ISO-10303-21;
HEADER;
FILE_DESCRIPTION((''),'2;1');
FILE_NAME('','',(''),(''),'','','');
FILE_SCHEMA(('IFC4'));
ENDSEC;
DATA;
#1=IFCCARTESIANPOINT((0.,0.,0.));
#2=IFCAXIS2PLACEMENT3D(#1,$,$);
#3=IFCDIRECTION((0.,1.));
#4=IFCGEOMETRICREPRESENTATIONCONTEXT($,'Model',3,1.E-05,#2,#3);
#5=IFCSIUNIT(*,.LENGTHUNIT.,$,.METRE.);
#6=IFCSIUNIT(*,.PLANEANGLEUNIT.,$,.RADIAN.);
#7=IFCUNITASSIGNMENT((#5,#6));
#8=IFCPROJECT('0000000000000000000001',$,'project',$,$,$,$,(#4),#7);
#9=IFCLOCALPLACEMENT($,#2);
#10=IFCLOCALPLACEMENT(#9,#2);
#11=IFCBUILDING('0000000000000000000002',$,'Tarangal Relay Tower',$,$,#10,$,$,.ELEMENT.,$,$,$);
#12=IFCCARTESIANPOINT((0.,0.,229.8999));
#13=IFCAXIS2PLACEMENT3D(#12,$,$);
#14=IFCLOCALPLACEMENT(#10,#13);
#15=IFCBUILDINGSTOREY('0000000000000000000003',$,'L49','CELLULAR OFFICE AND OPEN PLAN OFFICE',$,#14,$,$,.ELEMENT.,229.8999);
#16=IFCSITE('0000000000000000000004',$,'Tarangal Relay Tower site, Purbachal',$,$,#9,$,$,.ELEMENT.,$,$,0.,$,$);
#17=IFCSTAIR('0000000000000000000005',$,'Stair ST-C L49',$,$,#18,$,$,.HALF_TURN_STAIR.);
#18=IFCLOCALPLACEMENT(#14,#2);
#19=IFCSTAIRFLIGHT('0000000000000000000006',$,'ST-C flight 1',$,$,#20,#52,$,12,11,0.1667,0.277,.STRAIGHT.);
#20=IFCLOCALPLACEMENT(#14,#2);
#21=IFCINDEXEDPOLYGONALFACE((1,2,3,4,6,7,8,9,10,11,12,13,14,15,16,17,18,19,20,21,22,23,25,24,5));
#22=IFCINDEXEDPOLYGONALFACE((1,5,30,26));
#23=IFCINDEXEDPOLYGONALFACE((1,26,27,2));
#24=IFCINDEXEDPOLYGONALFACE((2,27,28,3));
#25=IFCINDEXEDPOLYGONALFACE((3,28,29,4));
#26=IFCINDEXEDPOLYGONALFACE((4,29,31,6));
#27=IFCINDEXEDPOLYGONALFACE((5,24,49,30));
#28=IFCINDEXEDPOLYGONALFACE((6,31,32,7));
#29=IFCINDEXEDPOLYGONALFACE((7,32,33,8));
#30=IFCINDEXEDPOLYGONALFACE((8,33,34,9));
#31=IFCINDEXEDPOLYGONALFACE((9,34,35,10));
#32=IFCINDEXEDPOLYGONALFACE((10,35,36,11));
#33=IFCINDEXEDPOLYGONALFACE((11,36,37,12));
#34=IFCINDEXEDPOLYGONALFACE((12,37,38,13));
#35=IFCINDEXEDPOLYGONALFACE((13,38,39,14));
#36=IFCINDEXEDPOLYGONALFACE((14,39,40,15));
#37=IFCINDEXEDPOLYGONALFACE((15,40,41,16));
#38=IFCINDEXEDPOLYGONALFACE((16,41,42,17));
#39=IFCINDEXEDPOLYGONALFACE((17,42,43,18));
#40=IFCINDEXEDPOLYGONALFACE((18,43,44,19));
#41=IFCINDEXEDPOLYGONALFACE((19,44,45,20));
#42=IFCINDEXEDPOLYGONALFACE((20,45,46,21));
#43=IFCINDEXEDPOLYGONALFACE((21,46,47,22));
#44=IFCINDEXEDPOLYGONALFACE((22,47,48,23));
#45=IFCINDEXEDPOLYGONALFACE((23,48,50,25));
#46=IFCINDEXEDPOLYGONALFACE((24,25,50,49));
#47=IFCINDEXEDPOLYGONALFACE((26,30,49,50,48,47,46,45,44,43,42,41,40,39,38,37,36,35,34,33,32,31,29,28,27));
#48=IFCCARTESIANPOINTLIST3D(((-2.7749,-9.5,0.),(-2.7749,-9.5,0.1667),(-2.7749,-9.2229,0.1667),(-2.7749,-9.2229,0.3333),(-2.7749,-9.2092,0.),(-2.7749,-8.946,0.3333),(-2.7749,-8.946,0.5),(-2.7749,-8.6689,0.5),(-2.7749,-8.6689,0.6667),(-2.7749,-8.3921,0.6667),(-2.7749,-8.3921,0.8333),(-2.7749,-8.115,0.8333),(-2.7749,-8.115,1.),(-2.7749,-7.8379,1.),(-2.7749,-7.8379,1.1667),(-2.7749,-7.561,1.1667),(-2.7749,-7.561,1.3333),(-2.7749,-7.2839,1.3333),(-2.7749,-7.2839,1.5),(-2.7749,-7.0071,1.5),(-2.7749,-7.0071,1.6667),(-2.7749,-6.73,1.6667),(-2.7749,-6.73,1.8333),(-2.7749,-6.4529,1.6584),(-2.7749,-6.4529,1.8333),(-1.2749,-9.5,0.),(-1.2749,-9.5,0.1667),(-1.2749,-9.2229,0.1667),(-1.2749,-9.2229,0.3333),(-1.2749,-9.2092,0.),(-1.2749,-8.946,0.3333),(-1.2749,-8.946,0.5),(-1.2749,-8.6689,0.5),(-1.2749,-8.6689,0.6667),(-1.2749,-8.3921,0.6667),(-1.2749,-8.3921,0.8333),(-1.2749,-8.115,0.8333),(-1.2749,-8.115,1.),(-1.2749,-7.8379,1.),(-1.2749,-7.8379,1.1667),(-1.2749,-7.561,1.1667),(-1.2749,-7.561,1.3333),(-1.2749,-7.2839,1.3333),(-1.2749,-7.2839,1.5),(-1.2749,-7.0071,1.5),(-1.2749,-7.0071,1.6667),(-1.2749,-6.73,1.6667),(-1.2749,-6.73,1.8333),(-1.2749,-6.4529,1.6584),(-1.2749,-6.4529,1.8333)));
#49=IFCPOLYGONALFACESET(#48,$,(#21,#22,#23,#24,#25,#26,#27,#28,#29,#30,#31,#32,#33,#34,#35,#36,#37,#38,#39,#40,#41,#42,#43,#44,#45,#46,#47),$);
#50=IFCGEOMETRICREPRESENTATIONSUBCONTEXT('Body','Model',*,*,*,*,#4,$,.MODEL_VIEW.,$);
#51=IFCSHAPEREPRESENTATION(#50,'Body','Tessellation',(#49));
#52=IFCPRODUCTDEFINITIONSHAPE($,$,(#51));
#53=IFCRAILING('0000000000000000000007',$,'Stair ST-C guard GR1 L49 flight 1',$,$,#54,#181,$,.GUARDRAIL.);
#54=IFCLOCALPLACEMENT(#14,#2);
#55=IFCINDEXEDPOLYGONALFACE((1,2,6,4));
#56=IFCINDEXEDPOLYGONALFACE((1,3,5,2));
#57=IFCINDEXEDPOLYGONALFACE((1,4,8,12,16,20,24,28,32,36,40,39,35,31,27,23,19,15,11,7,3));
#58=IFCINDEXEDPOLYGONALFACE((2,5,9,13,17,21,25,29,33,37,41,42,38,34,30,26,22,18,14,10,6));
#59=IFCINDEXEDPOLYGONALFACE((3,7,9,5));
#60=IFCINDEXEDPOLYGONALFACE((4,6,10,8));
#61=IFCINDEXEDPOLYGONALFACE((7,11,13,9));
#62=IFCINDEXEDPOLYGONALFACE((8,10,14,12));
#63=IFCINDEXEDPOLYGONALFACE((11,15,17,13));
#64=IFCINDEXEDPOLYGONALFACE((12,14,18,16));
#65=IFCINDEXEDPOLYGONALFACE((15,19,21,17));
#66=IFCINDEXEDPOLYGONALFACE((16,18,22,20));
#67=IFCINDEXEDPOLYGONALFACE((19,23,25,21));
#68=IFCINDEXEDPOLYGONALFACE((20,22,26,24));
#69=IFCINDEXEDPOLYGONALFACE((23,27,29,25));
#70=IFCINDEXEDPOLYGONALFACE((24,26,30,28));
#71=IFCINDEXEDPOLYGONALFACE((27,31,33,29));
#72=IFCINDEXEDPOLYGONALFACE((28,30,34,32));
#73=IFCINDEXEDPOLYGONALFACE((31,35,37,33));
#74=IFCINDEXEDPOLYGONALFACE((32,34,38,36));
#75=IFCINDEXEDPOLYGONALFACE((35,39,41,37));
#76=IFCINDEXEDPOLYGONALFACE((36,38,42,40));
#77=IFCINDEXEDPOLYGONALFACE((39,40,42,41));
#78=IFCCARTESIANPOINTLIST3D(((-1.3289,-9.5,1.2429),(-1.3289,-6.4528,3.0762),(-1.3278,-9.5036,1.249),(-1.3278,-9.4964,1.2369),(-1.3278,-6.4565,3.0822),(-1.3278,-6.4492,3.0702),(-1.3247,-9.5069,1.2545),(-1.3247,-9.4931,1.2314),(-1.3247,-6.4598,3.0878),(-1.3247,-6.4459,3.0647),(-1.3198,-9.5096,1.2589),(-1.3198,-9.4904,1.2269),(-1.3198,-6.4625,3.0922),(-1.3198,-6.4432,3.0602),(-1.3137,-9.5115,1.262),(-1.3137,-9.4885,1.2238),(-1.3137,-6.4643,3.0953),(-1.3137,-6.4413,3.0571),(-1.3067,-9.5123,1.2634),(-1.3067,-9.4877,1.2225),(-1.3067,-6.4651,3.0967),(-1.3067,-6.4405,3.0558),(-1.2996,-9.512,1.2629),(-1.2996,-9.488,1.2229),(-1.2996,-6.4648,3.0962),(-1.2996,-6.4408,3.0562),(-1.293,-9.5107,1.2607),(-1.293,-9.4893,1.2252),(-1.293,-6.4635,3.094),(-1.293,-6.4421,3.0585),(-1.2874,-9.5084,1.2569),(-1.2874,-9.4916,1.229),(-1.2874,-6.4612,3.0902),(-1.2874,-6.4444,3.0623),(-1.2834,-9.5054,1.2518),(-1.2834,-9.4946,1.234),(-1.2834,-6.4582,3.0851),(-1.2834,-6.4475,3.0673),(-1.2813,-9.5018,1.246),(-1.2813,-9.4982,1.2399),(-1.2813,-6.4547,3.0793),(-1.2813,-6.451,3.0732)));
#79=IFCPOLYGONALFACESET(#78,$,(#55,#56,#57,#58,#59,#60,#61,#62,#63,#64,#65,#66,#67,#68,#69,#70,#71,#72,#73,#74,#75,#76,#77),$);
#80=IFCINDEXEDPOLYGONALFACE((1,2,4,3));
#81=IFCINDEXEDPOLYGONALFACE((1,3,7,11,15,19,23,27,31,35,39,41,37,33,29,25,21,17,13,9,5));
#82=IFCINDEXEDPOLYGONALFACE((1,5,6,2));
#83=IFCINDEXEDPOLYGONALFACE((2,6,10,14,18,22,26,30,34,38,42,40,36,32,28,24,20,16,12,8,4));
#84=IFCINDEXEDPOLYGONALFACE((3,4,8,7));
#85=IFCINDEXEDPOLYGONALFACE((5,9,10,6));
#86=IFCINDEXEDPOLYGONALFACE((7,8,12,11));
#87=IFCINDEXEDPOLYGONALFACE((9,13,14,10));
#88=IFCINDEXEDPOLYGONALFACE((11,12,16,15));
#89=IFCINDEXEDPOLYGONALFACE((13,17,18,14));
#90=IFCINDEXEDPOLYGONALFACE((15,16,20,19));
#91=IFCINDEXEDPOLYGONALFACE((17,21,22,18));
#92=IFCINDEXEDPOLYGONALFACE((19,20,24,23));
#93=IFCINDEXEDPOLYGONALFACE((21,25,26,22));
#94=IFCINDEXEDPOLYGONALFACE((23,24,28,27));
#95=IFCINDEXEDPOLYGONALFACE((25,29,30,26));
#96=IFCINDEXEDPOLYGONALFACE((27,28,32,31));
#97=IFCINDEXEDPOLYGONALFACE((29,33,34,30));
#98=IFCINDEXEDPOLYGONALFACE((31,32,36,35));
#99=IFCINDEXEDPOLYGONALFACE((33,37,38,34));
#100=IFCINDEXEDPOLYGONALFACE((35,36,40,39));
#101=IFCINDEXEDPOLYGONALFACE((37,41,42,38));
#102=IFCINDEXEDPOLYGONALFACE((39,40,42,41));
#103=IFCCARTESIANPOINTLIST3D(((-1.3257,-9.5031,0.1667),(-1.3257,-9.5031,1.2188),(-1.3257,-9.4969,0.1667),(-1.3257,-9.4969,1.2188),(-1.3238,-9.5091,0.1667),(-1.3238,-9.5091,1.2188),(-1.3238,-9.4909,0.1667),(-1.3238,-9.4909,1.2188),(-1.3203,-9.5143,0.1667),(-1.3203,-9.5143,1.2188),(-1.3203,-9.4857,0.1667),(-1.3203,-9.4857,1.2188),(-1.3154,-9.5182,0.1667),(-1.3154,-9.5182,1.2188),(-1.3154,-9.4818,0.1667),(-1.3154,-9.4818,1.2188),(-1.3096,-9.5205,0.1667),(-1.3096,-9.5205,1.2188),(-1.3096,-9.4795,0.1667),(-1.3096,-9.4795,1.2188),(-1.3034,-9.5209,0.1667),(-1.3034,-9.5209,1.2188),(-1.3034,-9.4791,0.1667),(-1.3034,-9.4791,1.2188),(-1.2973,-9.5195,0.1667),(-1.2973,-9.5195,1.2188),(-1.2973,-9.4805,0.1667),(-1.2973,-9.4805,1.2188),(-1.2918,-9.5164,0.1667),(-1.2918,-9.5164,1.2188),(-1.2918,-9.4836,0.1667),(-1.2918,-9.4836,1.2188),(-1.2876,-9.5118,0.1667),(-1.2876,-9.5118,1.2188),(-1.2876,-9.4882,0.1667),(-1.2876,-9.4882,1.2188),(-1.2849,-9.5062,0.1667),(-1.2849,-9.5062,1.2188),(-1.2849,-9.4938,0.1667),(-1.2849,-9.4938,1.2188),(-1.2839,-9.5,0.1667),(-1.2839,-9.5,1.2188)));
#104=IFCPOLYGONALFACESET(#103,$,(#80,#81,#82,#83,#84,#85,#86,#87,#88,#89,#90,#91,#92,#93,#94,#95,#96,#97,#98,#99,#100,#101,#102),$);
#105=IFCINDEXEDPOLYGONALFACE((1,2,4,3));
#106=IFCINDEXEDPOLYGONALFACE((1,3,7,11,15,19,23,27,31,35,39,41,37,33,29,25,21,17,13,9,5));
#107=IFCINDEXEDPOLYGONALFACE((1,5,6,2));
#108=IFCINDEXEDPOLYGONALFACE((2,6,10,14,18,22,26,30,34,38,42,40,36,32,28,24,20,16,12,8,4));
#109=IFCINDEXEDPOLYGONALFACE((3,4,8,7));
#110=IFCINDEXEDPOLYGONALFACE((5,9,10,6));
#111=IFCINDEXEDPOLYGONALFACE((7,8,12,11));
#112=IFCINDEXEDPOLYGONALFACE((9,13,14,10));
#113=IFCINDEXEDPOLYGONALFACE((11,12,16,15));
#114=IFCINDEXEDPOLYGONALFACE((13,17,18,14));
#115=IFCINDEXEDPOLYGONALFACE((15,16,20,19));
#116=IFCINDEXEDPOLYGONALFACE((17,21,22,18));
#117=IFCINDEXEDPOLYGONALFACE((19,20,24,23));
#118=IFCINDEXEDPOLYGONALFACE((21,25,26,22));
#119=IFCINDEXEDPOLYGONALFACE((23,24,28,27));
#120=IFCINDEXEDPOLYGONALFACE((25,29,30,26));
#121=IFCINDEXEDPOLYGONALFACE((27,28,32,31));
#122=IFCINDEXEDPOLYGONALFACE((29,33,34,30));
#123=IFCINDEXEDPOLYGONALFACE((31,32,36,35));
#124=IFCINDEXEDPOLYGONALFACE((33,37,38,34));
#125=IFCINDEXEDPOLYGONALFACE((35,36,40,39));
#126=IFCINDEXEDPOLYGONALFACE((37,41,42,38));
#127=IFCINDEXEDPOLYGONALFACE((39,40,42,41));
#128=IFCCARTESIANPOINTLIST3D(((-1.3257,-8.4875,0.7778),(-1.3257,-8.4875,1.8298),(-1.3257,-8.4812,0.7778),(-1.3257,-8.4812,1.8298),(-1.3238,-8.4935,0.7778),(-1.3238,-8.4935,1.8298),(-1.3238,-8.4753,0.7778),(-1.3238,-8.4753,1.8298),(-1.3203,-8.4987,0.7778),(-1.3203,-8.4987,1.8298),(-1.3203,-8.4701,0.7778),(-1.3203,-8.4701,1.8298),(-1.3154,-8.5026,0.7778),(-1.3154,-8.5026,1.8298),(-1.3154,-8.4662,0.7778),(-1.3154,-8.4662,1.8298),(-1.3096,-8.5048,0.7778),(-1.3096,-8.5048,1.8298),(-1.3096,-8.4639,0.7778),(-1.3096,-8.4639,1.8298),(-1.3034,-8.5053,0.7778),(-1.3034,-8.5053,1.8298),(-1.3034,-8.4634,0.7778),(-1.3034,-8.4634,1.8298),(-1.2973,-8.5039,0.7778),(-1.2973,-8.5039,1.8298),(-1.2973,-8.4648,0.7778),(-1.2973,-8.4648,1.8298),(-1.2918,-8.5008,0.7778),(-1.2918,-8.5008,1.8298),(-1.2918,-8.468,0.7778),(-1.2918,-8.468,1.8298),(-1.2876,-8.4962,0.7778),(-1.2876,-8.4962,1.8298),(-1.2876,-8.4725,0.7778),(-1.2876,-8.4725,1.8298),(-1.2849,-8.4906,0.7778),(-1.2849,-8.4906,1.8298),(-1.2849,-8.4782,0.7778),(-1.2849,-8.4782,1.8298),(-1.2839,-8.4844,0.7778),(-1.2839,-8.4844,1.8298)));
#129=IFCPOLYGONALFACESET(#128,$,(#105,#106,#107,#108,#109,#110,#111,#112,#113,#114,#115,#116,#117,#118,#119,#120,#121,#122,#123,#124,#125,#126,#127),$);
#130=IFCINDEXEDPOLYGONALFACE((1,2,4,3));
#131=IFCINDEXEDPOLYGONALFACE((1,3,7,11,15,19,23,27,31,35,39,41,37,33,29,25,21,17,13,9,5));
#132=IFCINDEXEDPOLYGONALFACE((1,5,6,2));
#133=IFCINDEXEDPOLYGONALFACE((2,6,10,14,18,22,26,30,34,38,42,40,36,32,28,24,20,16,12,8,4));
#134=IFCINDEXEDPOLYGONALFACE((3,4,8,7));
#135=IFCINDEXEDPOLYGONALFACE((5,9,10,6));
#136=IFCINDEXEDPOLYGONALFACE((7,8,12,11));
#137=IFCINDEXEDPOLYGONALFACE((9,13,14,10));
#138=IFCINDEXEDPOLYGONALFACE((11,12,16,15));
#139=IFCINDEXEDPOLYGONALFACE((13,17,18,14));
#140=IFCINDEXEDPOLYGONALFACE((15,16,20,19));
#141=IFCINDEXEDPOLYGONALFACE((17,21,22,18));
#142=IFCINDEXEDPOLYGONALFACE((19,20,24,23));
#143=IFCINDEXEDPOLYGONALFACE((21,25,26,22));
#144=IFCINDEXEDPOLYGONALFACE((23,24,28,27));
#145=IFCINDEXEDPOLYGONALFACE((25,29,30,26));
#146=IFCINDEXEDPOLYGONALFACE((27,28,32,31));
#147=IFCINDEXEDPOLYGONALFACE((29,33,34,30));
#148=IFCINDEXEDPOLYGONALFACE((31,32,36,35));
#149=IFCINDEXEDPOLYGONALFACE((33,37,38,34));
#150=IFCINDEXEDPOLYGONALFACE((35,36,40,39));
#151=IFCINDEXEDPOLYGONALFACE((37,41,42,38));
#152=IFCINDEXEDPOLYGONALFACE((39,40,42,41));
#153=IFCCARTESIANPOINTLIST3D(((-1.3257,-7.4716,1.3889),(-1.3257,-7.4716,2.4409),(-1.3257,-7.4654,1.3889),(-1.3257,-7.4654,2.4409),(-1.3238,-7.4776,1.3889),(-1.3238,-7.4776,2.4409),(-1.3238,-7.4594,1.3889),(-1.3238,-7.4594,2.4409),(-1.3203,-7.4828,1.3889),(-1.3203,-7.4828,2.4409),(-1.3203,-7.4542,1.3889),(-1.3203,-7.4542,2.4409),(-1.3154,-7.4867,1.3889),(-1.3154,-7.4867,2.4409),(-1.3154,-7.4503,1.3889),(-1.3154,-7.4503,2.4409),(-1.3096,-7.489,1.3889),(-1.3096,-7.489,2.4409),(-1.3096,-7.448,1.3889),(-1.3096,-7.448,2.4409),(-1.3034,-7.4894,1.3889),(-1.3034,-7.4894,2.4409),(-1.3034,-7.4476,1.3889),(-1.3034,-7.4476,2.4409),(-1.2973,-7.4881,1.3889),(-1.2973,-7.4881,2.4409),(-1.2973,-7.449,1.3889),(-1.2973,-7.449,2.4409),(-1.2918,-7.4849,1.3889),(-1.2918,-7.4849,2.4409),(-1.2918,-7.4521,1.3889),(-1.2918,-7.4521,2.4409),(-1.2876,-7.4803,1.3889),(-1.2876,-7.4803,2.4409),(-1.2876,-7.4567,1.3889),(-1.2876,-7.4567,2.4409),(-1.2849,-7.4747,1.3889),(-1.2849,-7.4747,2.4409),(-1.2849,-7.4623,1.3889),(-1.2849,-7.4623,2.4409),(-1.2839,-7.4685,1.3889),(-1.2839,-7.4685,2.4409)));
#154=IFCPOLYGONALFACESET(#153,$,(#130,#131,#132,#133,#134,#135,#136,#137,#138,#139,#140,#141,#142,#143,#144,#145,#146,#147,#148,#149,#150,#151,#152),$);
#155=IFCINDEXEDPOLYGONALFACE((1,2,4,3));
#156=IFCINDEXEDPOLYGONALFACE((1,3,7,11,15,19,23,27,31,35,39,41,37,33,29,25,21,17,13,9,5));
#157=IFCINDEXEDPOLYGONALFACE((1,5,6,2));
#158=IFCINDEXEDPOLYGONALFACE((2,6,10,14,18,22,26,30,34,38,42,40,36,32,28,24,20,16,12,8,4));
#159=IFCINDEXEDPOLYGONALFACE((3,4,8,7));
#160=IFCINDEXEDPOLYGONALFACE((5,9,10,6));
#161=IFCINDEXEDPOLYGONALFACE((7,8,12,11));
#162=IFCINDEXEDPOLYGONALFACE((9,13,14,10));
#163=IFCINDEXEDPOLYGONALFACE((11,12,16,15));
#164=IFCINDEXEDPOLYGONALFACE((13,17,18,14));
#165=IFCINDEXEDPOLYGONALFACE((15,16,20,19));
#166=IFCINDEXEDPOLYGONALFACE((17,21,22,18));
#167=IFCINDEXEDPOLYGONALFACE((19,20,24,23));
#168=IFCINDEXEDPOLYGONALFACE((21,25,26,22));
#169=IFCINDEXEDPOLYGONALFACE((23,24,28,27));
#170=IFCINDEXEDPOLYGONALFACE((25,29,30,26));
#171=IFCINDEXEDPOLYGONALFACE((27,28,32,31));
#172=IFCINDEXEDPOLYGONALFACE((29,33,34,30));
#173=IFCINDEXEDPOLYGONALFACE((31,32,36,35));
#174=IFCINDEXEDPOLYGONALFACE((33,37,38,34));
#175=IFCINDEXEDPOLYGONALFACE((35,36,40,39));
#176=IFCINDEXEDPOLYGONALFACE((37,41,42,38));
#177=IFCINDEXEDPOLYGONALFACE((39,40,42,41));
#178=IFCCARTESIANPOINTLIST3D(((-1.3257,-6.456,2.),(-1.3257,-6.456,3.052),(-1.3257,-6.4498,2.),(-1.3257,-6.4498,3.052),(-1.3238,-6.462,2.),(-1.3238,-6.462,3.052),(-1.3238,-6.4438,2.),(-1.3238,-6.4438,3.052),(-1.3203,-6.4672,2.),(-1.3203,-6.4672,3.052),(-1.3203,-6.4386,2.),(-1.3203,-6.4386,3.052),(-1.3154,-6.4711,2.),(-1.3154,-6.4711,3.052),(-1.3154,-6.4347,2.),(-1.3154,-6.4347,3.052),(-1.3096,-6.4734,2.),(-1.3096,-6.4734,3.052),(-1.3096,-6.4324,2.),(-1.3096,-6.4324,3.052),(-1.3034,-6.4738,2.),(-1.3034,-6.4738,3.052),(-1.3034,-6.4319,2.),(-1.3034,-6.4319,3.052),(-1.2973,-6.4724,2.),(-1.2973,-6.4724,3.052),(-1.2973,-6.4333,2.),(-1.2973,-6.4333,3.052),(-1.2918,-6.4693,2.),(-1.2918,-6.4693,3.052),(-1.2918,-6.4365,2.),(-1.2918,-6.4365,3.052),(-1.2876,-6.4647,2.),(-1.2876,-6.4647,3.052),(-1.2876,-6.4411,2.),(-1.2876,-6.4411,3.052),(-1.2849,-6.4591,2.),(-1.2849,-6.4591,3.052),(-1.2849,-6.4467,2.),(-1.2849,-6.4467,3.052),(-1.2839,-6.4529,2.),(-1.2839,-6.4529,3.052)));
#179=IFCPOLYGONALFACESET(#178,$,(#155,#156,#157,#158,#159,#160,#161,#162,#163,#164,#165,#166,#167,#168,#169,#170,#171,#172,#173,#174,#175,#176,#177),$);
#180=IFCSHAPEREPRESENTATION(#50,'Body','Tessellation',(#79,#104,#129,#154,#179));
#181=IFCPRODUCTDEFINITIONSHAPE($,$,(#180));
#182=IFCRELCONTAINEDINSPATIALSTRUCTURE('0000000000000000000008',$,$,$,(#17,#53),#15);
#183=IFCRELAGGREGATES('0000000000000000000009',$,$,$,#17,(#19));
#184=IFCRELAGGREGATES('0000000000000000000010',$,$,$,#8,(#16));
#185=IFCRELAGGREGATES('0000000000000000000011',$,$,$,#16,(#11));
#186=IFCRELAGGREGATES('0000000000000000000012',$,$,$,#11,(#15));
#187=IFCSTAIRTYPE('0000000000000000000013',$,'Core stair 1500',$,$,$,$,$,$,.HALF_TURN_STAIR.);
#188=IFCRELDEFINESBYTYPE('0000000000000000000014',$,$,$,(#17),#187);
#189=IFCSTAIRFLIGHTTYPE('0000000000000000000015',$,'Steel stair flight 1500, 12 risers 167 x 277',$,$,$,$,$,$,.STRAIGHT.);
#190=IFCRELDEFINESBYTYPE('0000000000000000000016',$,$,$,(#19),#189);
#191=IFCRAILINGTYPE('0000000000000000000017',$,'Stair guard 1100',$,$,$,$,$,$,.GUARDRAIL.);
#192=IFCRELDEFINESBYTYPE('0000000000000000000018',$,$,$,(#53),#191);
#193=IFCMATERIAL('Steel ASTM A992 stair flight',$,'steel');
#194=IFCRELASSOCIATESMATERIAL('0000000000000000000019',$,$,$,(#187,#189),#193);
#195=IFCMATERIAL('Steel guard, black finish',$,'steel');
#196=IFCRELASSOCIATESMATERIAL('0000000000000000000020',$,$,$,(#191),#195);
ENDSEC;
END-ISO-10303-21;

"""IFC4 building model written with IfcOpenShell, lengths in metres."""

from ifc_helpers import new_model, si_unit, direction, frame, origin, origin_2d, place, context, subcontext, project, spatial, polyline, circle, outline, extrude, material, type_object, element, aggregate, save


model = new_model("IFC4")

# Units and contexts
model_context = context("Model", 3, precision=1e-05, world=origin(), true_north=direction((0.0, 1.0)))
body_context = subcontext(model_context, "Body", "Model", "MODEL_VIEW")
ifc_project = project(units=[si_unit("LENGTHUNIT", "METRE"), si_unit("PLANEANGLEUNIT", "RADIAN")], contexts=[model_context])

# Site, building, storey
site_placement = place(None, origin())
site = spatial("IfcSite", under=ifc_project, at=site_placement, Name="Tarangal Relay Tower site, Purbachal", CompositionType="ELEMENT", RefElevation=0.0)
building_placement = place(site_placement, origin())
building = spatial("IfcBuilding", under=site, at=building_placement, Name="Tarangal Relay Tower", CompositionType="ELEMENT")
storey_placement = place(building_placement, frame((0.0, 0.0, 229.8999)))
storey = spatial("IfcBuildingStorey", under=building, at=storey_placement, Name="L49", Description="CELLULAR OFFICE AND OPEN PLAN OFFICE", CompositionType="ELEMENT", Elevation=229.8999)

# Stair, stair flight
ifc_material_1 = material(Name="Steel ASTM A992 stair flight", Category="steel")
stair_type = type_object("IfcStairType", Name="Core stair 1500", PredefinedType="HALF_TURN_STAIR", material=ifc_material_1)
stair_placement = place(storey_placement, origin())
stair = element("IfcStair", 1, at=stair_placement, inside=storey, type_object=stair_type, Name="Stair ST-C L49", PredefinedType="HALF_TURN_STAIR")
stair_flight_type = type_object("IfcStairFlightType", Name="Steel stair flight 1500, 12 risers 167 x 277", PredefinedType="STRAIGHT", material=ifc_material_1)
stair_flight_placement = place(storey_placement, frame((-2.0249, -9.5, 0.0), z_axis=(0.0, 0.0, 1.0), x_axis=(0.0, 1.0, 0.0)))
stair_flight = element("IfcStairFlight", 2, at=stair_flight_placement, type_object=stair_flight_type, Name="ST-C flight 1", NumberOfRisers=12, NumberOfTreads=11, PredefinedType="STRAIGHT", RiserHeight=0.1667, TreadLength=0.277, context=body_context, shape_type="SweptSolid", body=[
    extrude(outline(polyline([(0.0, 0.0), (0.0, 0.1667), (0.2771, 0.1667), (0.2771, 0.3333), (0.554, 0.3333), (0.554, 0.5), (0.8311, 0.5), (0.8311, 0.6667), (1.1079, 0.6667), (1.1079, 0.8333), (1.385, 0.8333), (1.385, 1.0), (1.6621, 1.0), (1.6621, 1.1667), (1.939, 1.1667), (1.939, 1.3333), (2.2161, 1.3333), (2.2161, 1.5), (2.4929, 1.5), (2.4929, 1.6667), (2.77, 1.6667), (2.77, 1.8333), (3.0471, 1.8333), (3.0471, 2.0), (3.0471, 1.6584), (0.2908, 0.0), (0.0, 0.0)])), frame((0.0, 0.75, 0.0), z_axis=(0.0, -1.0, 0.0), x_axis=(1.0, 0.0, 0.0)), (0.0, 0.0, 1.0), 1.5),
])
aggregate(stair, [stair_flight])

# Railing
ifc_material_2 = material(Name="Steel guard, black finish", Category="steel")
railing_type_1 = type_object("IfcRailingType", Name="Stair guard 1100", PredefinedType="GUARDRAIL", material=ifc_material_2)
railing_1_placement = place(storey_placement, frame((-1.3049, -9.5, 0.1667)))
element("IfcRailing", 3, at=railing_1_placement, inside=storey, type_object=railing_type_1, Name="Stair ST-C guard GR1 L49 flight 1", PredefinedType="GUARDRAIL", context=body_context, shape_type="SweptSolid", body=[
    extrude(circle(Radius=0.0239, at=origin_2d()), frame((0.0, 0.0, 1.0762), z_axis=(0.0, 0.856874, 0.515525), x_axis=(-1.0, 0.0, 0.0)), (0.0, 0.0, 1.0), 3.5562),
    extrude(circle(Radius=0.021, at=origin_2d()), origin(), (0.0, 0.0, 1.0), 1.052),
    extrude(circle(Radius=0.021, at=origin_2d()), frame((0.0, 1.0156, 0.6111)), (0.0, 0.0, 1.0), 1.052),
    extrude(circle(Radius=0.021, at=origin_2d()), frame((0.0, 2.0315, 1.2222)), (0.0, 0.0, 1.0), 1.052),
    extrude(circle(Radius=0.021, at=origin_2d()), frame((0.0, 3.0471, 1.8333)), (0.0, 0.0, 1.0), 1.052),
])

save(model, "model.ifc")
